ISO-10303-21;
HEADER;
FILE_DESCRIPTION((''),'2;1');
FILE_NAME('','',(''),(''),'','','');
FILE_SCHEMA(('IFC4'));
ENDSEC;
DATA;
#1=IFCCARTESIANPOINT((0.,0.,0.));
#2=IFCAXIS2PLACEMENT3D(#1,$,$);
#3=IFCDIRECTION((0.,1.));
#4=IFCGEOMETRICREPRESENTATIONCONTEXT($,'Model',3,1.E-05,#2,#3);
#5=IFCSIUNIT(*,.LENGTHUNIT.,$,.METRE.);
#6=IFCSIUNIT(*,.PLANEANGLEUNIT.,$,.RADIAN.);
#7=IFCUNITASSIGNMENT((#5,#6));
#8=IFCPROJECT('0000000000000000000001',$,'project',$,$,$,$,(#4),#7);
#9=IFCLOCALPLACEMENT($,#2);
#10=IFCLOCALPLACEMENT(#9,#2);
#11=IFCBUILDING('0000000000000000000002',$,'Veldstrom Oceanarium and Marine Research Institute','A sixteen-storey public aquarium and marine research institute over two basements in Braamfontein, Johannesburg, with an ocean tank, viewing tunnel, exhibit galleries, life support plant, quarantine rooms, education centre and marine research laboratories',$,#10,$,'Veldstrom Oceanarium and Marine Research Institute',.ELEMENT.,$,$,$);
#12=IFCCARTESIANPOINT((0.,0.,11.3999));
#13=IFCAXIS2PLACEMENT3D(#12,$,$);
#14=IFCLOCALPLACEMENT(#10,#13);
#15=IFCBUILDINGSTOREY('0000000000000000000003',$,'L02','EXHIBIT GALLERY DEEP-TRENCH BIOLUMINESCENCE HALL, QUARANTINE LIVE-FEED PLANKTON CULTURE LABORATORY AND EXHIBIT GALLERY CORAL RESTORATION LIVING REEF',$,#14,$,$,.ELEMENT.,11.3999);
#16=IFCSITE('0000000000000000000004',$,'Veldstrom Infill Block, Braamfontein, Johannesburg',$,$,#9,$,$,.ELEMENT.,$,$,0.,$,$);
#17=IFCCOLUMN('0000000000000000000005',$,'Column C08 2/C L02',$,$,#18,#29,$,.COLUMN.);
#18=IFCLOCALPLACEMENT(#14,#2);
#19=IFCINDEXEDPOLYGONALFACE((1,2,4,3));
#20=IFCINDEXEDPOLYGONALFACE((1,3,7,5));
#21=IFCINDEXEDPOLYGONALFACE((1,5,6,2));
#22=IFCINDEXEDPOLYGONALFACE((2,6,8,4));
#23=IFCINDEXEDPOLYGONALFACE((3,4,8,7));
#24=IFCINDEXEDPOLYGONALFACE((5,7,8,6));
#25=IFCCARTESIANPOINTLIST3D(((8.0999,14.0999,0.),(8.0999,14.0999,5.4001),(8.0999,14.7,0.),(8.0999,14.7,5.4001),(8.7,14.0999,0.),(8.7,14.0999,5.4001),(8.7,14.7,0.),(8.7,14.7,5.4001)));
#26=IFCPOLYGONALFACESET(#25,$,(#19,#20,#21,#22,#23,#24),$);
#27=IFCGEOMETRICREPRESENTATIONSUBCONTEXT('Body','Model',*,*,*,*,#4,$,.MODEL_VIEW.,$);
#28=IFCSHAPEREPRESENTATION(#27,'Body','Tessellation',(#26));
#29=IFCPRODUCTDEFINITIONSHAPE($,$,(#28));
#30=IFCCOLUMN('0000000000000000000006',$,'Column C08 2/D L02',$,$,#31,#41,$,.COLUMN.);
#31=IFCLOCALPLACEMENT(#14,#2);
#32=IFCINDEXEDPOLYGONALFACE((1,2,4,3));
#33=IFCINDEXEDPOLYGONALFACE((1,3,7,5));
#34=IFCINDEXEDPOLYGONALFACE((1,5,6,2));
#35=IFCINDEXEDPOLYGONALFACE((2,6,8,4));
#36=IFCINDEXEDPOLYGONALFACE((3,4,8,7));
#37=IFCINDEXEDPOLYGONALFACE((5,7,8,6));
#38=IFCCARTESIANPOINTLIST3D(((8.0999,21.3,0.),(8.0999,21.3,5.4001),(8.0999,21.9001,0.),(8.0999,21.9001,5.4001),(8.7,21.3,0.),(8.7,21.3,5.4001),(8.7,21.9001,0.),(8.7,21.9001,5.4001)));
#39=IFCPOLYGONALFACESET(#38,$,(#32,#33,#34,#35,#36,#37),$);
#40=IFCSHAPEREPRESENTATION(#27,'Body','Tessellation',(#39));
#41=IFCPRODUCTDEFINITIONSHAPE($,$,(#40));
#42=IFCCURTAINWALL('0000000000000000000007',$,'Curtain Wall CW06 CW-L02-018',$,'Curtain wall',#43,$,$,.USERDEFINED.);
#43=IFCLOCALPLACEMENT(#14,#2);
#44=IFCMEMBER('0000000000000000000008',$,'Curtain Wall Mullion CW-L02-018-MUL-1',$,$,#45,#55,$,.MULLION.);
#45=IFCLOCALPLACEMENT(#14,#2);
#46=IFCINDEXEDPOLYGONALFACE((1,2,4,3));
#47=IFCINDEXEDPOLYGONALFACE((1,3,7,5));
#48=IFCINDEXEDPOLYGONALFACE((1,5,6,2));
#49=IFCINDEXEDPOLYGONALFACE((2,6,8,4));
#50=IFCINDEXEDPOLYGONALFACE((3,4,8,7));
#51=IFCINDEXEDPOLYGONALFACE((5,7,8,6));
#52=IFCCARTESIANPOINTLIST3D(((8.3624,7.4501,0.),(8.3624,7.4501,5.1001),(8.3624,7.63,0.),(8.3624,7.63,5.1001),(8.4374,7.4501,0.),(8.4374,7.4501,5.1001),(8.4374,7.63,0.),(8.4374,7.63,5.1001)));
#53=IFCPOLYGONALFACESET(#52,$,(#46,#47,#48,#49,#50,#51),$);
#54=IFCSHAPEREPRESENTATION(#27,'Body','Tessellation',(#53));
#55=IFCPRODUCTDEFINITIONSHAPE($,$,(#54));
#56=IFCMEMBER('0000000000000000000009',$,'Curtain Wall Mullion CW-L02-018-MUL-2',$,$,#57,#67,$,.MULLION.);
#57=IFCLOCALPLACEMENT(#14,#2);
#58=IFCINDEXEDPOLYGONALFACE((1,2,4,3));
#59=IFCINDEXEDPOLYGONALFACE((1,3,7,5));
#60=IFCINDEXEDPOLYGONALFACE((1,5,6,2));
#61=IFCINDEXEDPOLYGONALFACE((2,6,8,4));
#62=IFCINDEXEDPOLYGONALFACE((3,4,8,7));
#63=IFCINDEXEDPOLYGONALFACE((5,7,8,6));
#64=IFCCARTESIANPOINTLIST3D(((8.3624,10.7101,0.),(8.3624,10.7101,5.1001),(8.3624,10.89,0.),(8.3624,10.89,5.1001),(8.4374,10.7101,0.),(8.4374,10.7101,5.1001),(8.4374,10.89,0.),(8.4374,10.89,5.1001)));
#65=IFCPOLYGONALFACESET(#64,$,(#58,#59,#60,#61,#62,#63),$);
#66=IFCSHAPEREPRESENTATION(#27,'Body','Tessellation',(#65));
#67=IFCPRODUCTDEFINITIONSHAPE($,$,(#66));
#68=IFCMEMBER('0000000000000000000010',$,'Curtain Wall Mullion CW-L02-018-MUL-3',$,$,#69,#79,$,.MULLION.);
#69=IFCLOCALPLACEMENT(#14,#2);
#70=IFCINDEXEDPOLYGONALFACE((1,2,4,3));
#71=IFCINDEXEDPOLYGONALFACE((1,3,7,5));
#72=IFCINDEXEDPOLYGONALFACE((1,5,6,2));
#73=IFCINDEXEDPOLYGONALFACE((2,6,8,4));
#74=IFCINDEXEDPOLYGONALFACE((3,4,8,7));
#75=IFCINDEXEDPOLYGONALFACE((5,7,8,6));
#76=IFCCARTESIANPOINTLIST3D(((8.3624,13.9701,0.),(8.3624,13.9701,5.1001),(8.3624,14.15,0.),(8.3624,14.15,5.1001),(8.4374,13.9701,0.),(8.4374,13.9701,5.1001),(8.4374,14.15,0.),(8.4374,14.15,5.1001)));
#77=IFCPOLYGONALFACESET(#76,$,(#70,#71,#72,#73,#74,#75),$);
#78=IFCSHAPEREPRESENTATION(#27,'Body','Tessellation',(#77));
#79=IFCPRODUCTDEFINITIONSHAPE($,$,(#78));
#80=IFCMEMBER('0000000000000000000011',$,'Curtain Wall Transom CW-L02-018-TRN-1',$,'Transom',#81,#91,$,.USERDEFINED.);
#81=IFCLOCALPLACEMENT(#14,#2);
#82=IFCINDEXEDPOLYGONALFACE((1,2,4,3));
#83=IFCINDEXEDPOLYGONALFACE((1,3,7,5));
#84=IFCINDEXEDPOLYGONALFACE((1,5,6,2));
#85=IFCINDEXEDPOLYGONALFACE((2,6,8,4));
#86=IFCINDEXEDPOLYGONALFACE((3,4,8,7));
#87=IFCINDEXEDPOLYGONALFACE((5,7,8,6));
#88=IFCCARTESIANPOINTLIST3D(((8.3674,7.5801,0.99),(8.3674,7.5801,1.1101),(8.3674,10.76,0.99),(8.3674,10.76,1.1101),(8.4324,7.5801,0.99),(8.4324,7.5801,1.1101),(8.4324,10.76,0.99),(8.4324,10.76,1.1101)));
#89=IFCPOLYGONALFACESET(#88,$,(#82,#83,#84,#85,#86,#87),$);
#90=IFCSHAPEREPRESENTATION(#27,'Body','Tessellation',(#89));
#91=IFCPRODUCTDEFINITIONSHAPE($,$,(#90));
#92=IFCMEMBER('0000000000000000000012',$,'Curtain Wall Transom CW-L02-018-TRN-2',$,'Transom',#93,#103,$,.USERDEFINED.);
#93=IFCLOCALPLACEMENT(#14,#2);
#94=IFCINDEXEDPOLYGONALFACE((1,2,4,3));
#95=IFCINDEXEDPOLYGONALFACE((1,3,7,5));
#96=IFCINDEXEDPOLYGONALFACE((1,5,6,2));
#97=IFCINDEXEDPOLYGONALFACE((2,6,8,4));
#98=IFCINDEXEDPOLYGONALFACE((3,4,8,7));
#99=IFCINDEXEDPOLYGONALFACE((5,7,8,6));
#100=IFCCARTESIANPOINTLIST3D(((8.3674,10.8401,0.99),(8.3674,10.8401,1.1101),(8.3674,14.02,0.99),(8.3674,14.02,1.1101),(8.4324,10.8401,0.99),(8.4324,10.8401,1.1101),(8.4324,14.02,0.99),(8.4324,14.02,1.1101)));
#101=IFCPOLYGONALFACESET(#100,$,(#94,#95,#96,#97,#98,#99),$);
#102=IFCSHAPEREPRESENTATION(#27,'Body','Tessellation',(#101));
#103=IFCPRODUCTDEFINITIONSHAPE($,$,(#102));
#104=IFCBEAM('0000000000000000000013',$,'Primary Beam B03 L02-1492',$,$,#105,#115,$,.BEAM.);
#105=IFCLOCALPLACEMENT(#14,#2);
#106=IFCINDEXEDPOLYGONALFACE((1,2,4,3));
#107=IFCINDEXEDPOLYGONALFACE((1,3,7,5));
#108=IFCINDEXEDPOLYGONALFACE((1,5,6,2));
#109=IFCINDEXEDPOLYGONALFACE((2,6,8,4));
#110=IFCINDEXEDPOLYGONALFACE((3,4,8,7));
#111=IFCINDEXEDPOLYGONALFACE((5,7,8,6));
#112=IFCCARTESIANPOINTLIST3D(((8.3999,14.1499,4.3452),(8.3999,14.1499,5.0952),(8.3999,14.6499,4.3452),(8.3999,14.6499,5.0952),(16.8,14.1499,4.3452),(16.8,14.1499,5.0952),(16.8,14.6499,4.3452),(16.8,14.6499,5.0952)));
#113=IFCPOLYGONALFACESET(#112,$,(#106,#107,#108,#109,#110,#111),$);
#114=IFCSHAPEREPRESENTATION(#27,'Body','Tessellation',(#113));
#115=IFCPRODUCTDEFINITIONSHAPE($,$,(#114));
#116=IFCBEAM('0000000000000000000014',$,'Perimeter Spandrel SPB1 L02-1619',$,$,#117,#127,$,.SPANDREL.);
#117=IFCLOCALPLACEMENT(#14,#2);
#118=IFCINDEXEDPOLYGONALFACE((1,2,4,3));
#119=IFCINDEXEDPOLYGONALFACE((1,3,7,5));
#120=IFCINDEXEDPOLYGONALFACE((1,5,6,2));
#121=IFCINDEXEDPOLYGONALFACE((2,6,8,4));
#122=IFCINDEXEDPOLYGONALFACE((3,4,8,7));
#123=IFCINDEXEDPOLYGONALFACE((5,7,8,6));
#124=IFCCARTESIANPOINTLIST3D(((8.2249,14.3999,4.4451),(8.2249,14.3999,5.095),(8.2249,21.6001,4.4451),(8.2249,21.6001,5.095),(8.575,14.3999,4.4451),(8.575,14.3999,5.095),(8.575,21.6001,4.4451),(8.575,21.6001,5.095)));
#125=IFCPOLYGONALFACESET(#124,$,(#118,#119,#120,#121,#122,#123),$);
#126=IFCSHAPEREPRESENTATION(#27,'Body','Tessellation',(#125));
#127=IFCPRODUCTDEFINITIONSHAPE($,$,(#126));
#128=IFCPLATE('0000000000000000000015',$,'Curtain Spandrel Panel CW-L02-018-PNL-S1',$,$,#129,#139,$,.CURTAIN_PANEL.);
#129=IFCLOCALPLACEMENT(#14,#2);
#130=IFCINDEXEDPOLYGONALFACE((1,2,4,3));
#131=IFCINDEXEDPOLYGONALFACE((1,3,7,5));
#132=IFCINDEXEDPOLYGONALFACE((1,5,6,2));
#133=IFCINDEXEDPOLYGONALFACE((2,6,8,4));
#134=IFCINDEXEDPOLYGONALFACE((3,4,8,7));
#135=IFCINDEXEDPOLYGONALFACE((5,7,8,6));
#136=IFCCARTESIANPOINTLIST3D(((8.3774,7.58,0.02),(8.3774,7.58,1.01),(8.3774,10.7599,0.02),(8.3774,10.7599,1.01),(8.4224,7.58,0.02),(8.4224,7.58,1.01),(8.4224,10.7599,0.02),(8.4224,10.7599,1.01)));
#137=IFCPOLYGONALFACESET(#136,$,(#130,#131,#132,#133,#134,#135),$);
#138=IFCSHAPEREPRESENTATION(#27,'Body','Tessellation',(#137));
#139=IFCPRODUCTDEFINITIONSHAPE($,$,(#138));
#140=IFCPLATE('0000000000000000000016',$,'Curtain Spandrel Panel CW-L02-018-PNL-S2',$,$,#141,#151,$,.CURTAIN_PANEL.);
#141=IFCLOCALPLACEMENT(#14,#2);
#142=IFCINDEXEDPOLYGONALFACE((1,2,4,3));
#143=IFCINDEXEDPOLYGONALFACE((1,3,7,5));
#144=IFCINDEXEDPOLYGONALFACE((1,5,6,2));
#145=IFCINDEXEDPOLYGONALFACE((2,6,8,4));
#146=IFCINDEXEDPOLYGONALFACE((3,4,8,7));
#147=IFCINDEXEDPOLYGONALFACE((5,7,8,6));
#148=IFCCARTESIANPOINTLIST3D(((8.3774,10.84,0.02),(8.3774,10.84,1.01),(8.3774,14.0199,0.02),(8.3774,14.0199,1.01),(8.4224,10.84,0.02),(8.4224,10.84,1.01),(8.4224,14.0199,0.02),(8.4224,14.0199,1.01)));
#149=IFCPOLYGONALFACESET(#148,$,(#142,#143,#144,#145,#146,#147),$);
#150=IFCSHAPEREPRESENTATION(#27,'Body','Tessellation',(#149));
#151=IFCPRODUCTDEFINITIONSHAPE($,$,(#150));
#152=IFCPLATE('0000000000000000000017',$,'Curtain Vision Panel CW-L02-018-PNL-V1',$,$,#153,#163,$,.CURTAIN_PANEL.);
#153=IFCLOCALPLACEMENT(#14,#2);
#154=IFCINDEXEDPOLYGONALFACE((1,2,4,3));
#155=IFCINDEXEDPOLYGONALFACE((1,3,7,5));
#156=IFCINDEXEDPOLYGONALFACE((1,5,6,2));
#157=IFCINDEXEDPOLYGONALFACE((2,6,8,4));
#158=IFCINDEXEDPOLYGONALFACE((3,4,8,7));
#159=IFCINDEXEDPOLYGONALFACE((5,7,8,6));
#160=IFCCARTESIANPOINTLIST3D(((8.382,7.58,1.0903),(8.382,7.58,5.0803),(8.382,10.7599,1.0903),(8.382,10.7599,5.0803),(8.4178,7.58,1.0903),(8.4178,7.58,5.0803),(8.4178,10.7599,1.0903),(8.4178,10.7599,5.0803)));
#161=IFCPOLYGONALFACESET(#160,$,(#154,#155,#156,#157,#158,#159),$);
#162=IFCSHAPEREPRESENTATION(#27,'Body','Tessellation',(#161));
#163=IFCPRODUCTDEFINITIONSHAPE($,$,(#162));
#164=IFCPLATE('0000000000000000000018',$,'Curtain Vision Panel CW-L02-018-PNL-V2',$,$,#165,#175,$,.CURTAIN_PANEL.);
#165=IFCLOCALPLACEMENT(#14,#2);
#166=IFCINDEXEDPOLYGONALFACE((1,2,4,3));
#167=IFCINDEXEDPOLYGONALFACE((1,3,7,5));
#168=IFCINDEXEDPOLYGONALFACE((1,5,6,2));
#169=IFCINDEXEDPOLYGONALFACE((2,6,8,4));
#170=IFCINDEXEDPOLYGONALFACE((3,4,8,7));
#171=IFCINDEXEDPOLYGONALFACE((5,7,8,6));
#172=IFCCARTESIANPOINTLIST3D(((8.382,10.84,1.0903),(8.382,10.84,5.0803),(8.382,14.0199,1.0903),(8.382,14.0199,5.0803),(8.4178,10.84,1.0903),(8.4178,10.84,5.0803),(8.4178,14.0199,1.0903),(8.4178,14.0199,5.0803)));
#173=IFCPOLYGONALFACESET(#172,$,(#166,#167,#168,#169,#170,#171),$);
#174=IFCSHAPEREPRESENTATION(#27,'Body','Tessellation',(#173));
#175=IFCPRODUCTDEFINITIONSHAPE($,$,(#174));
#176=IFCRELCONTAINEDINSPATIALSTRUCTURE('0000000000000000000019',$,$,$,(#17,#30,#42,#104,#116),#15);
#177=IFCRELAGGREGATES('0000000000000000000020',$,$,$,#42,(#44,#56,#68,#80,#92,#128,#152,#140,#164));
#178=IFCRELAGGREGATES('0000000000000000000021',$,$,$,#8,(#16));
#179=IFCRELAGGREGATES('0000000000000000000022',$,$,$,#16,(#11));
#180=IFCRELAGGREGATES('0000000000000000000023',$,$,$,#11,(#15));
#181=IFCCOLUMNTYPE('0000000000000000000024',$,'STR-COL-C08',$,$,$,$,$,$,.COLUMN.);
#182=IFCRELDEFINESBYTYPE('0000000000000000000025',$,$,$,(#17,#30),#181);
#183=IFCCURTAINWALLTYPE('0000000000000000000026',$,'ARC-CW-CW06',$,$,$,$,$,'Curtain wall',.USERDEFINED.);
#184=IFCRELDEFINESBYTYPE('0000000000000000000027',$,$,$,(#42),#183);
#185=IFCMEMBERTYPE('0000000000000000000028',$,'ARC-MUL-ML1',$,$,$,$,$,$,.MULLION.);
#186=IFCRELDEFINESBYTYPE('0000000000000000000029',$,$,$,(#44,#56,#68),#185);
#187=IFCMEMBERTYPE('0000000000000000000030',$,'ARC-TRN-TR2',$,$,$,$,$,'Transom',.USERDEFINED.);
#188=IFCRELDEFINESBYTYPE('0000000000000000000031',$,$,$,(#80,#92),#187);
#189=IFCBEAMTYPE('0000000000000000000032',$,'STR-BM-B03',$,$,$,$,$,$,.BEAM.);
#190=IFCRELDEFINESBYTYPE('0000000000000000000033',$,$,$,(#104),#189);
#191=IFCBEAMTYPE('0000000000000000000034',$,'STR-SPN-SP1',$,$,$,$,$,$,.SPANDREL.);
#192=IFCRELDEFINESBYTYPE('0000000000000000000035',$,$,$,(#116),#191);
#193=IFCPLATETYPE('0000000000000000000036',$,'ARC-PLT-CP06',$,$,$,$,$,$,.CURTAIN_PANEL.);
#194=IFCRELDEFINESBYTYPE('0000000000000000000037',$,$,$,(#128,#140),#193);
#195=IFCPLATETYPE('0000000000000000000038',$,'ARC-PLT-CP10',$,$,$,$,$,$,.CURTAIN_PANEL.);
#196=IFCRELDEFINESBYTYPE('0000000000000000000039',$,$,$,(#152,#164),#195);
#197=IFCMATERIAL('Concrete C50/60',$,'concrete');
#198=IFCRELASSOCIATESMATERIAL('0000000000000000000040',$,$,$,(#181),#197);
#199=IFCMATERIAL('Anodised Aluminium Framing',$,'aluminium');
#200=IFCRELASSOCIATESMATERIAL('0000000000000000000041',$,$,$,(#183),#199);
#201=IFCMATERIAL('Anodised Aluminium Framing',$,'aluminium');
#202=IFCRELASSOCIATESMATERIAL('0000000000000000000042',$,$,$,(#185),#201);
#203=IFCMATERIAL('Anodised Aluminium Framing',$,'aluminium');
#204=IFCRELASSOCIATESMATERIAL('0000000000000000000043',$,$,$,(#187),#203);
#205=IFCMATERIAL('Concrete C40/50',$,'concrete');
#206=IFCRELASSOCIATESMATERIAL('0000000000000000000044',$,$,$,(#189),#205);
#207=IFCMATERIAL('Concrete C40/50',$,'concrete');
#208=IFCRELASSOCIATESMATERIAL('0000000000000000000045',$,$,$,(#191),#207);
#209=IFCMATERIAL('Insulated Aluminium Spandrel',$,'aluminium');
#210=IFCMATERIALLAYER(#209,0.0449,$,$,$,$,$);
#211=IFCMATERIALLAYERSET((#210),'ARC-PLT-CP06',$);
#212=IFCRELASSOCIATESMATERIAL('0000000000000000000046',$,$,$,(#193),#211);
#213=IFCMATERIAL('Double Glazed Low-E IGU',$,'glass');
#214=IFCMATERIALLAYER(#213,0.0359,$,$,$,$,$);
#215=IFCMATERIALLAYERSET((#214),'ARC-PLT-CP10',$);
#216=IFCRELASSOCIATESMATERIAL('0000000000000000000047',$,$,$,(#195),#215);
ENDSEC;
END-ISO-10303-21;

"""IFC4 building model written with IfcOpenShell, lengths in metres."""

from ifc_helpers import new_model, si_unit, direction, frame, origin, origin_2d, place, context, subcontext, project, spatial, rectangle, extrude, material, layer, layer_set, material_profile, profile_set, type_object, element, aggregate, save


model = new_model("IFC4")

# Units and contexts
model_context = context("Model", 3, precision=1e-05, world=origin(), true_north=direction((0.0, 1.0)))
body_context = subcontext(model_context, "Body", "Model", "MODEL_VIEW")
ifc_project = project(units=[si_unit("LENGTHUNIT", "METRE"), si_unit("PLANEANGLEUNIT", "RADIAN")], contexts=[model_context])

# Site, building, storey
site_placement = place(None, origin())
site = spatial("IfcSite", under=ifc_project, at=site_placement, Name="Veldstrom Infill Block, Braamfontein, Johannesburg", CompositionType="ELEMENT", RefElevation=0.0)
building_placement = place(site_placement, origin())
building = spatial("IfcBuilding", under=site, at=building_placement, Name="Veldstrom Oceanarium and Marine Research Institute", Description="A sixteen-storey public aquarium and marine research institute over two basements in Braamfontein, Johannesburg, with an ocean tank, viewing tunnel, exhibit galleries, life support plant, quarantine rooms, education centre and marine research laboratories", LongName="Veldstrom Oceanarium and Marine Research Institute", CompositionType="ELEMENT")
storey_placement = place(building_placement, frame((0.0, 0.0, 11.3999)))
storey = spatial("IfcBuildingStorey", under=building, at=storey_placement, Name="L02", Description="EXHIBIT GALLERY DEEP-TRENCH BIOLUMINESCENCE HALL, QUARANTINE LIVE-FEED PLANKTON CULTURE LABORATORY AND EXHIBIT GALLERY CORAL RESTORATION LIVING REEF", CompositionType="ELEMENT", Elevation=11.3999)

# Columns
ifc_material_1 = material(Name="Concrete C50/60", Category="concrete")
ifc_material_profile_1 = material_profile(ifc_material_1, rectangle(XDim=0.6001, YDim=0.6001, at=origin_2d()), Name="RC-COL-600x600")
ifc_profile_set_1 = profile_set([ifc_material_profile_1], Name="Concrete C50/60")
column_type = type_object("IfcColumnType", Name="STR-COL-C08", PredefinedType="COLUMN", material=ifc_profile_set_1)
for number, where, z_axis, x_axis, name in (
    (1, (8.3999, 14.3999, 0.0), (0.0, 0.0, 1.0), (1.0, 0.0, 0.0), "Column C08 2/C L02"),
    (2, (8.3999, 21.6001, 0.0), (0.0, 0.0, 1.0), (1.0, 0.0, 0.0), "Column C08 2/D L02"),
):
    element("IfcColumn", number, at=place(storey_placement, frame(where, z_axis=z_axis, x_axis=x_axis)), inside=storey, type_object=column_type, Name=name, PredefinedType="COLUMN", context=body_context, shape_type="SweptSolid", body=[
        extrude(rectangle(XDim=0.6001, YDim=0.6001, at=origin_2d()), origin(), (0.0, 0.0, 1.0), 5.4001),
    ])

# Curtain wall, members
ifc_material_2 = material(Name="Anodised Aluminium Framing", Category="aluminium")
curtain_wall_type = type_object("IfcCurtainWallType", Name="ARC-CW-CW06", ElementType="Curtain wall", PredefinedType="USERDEFINED", material=ifc_material_2)
curtain_wall_placement = place(storey_placement, origin())
curtain_wall = element("IfcCurtainWall", 3, at=curtain_wall_placement, inside=storey, type_object=curtain_wall_type, Name="Curtain Wall CW06 CW-L02-018", ObjectType="Curtain wall", PredefinedType="USERDEFINED")
ifc_material_3 = material(Name="Anodised Aluminium Framing", Category="aluminium")
ifc_material_profile_2 = material_profile(ifc_material_3, rectangle(XDim=0.075, YDim=0.1799, at=origin_2d()), Name="ALU-MUL-75x180")
ifc_profile_set_2 = profile_set([ifc_material_profile_2], Name="Anodised Aluminium Framing")
member_type_1 = type_object("IfcMemberType", Name="ARC-MUL-ML1", PredefinedType="MULLION", material=ifc_profile_set_2)
member_1_placement = place(storey_placement, frame((8.3999, 7.54, 0.0), z_axis=(0.0, 0.0, 1.0), x_axis=(1.0, 0.0, 0.0)))
member_1 = element("IfcMember", 4, at=member_1_placement, type_object=member_type_1, Name="Curtain Wall Mullion CW-L02-018-MUL-1", PredefinedType="MULLION", context=body_context, shape_type="SweptSolid", body=[
    extrude(rectangle(XDim=0.075, YDim=0.1799, at=origin_2d()), origin(), (0.0, 0.0, 1.0), 5.1001),
])
member_2_placement = place(storey_placement, frame((8.3999, 10.8, 0.0), z_axis=(0.0, 0.0, 1.0), x_axis=(1.0, 0.0, 0.0)))
member_2 = element("IfcMember", 5, at=member_2_placement, type_object=member_type_1, Name="Curtain Wall Mullion CW-L02-018-MUL-2", PredefinedType="MULLION", context=body_context, shape_type="SweptSolid", body=[
    extrude(rectangle(XDim=0.075, YDim=0.1799, at=origin_2d()), origin(), (0.0, 0.0, 1.0), 5.1001),
])
member_3_placement = place(storey_placement, frame((8.3999, 14.0601, 0.0), z_axis=(0.0, 0.0, 1.0), x_axis=(1.0, 0.0, 0.0)))
member_3 = element("IfcMember", 6, at=member_3_placement, type_object=member_type_1, Name="Curtain Wall Mullion CW-L02-018-MUL-3", PredefinedType="MULLION", context=body_context, shape_type="SweptSolid", body=[
    extrude(rectangle(XDim=0.075, YDim=0.1799, at=origin_2d()), origin(), (0.0, 0.0, 1.0), 5.1001),
])
ifc_material_4 = material(Name="Anodised Aluminium Framing", Category="aluminium")
ifc_material_profile_3 = material_profile(ifc_material_4, rectangle(XDim=0.0649, YDim=0.1201, at=origin_2d()), Name="ALU-TRN-65x120")
ifc_profile_set_3 = profile_set([ifc_material_profile_3], Name="Anodised Aluminium Framing")
member_type_2 = type_object("IfcMemberType", Name="ARC-TRN-TR2", ElementType="Transom", PredefinedType="USERDEFINED", material=ifc_profile_set_3)
member_4_placement = place(storey_placement, frame((8.3999, 7.5801, 1.05), z_axis=(0.0, 1.0, 0.0), x_axis=(-1.0, 0.0, 0.0)))
member_4 = element("IfcMember", 7, at=member_4_placement, type_object=member_type_2, Name="Curtain Wall Transom CW-L02-018-TRN-1", ObjectType="Transom", PredefinedType="USERDEFINED", context=body_context, shape_type="SweptSolid", body=[
    extrude(rectangle(XDim=0.0649, YDim=0.1201, at=origin_2d()), origin(), (0.0, 0.0, 1.0), 3.1799),
])
member_5_placement = place(storey_placement, frame((8.3999, 10.8401, 1.05), z_axis=(0.0, 1.0, 0.0), x_axis=(-1.0, 0.0, 0.0)))
member_5 = element("IfcMember", 8, at=member_5_placement, type_object=member_type_2, Name="Curtain Wall Transom CW-L02-018-TRN-2", ObjectType="Transom", PredefinedType="USERDEFINED", context=body_context, shape_type="SweptSolid", body=[
    extrude(rectangle(XDim=0.0649, YDim=0.1201, at=origin_2d()), origin(), (0.0, 0.0, 1.0), 3.1799),
])

# Beams
ifc_material_5 = material(Name="Concrete C40/50", Category="concrete")
ifc_material_profile_4 = material_profile(ifc_material_5, rectangle(XDim=0.5, YDim=0.75, at=origin_2d()), Name="RC-BM-500x750")
ifc_profile_set_4 = profile_set([ifc_material_profile_4], Name="Concrete C40/50")
beam_type_1 = type_object("IfcBeamType", Name="STR-BM-B03", PredefinedType="BEAM", material=ifc_profile_set_4)
beam_1_placement = place(storey_placement, frame((8.3999, 14.3999, 4.7202), z_axis=(1.0, 0.0, 0.0), x_axis=(0.0, 1.0, 0.0)))
element("IfcBeam", 9, at=beam_1_placement, inside=storey, type_object=beam_type_1, Name="Primary Beam B03 L02-1492", PredefinedType="BEAM", context=body_context, shape_type="SweptSolid", body=[
    extrude(rectangle(XDim=0.5, YDim=0.75, at=origin_2d()), origin(), (0.0, 0.0, 1.0), 8.4001),
])
ifc_material_6 = material(Name="Concrete C40/50", Category="concrete")
ifc_material_profile_5 = material_profile(ifc_material_6, rectangle(XDim=0.3501, YDim=0.6499, at=origin_2d()), Name="RC-SPN-350x650")
ifc_profile_set_5 = profile_set([ifc_material_profile_5], Name="Concrete C40/50")
beam_type_2 = type_object("IfcBeamType", Name="STR-SPN-SP1", PredefinedType="SPANDREL", material=ifc_profile_set_5)
beam_2_placement = place(storey_placement, frame((8.3999, 14.3999, 4.77), z_axis=(0.0, 1.0, 0.0), x_axis=(-1.0, 0.0, 0.0)))
element("IfcBeam", 10, at=beam_2_placement, inside=storey, type_object=beam_type_2, Name="Perimeter Spandrel SPB1 L02-1619", PredefinedType="SPANDREL", context=body_context, shape_type="SweptSolid", body=[
    extrude(rectangle(XDim=0.3501, YDim=0.6499, at=origin_2d()), origin(), (0.0, 0.0, 1.0), 7.2002),
])

# Plates
ifc_material_7 = material(Name="Insulated Aluminium Spandrel", Category="aluminium")
ifc_layer_1 = layer(ifc_material_7, 0.0449)
ifc_layer_set_1 = layer_set([ifc_layer_1], Name="ARC-PLT-CP06")
plate_type_1 = type_object("IfcPlateType", Name="ARC-PLT-CP06", PredefinedType="CURTAIN_PANEL", material=ifc_layer_set_1)
plate_1_placement = place(storey_placement, frame((8.3999, 9.1699, 0.02), z_axis=(0.0, 0.0, 1.0), x_axis=(0.0, 1.0, 0.0)))
plate_1 = element("IfcPlate", 11, at=plate_1_placement, type_object=plate_type_1, Name="Curtain Spandrel Panel CW-L02-018-PNL-S1", PredefinedType="CURTAIN_PANEL", context=body_context, shape_type="SweptSolid", body=[
    extrude(rectangle(XDim=3.1799, YDim=0.0449, at=origin_2d()), origin(), (0.0, 0.0, 1.0), 0.99),
])
plate_2_placement = place(storey_placement, frame((8.3999, 12.4299, 0.02), z_axis=(0.0, 0.0, 1.0), x_axis=(0.0, 1.0, 0.0)))
plate_2 = element("IfcPlate", 12, at=plate_2_placement, type_object=plate_type_1, Name="Curtain Spandrel Panel CW-L02-018-PNL-S2", PredefinedType="CURTAIN_PANEL", context=body_context, shape_type="SweptSolid", body=[
    extrude(rectangle(XDim=3.1799, YDim=0.0449, at=origin_2d()), origin(), (0.0, 0.0, 1.0), 0.99),
])
ifc_material_8 = material(Name="Double Glazed Low-E IGU", Category="glass")
ifc_layer_2 = layer(ifc_material_8, 0.0359)
ifc_layer_set_2 = layer_set([ifc_layer_2], Name="ARC-PLT-CP10")
plate_type_2 = type_object("IfcPlateType", Name="ARC-PLT-CP10", PredefinedType="CURTAIN_PANEL", material=ifc_layer_set_2)
plate_3_placement = place(storey_placement, frame((8.3999, 9.1699, 1.0903), z_axis=(0.0, 0.0, 1.0), x_axis=(0.0, 1.0, 0.0)))
plate_3 = element("IfcPlate", 13, at=plate_3_placement, type_object=plate_type_2, Name="Curtain Vision Panel CW-L02-018-PNL-V1", PredefinedType="CURTAIN_PANEL", context=body_context, shape_type="SweptSolid", body=[
    extrude(rectangle(XDim=3.1799, YDim=0.0359, at=origin_2d()), origin(), (0.0, 0.0, 1.0), 3.99),
])
plate_4_placement = place(storey_placement, frame((8.3999, 12.4299, 1.0903), z_axis=(0.0, 0.0, 1.0), x_axis=(0.0, 1.0, 0.0)))
plate_4 = element("IfcPlate", 14, at=plate_4_placement, type_object=plate_type_2, Name="Curtain Vision Panel CW-L02-018-PNL-V2", PredefinedType="CURTAIN_PANEL", context=body_context, shape_type="SweptSolid", body=[
    extrude(rectangle(XDim=3.1799, YDim=0.0359, at=origin_2d()), origin(), (0.0, 0.0, 1.0), 3.99),
])
aggregate(curtain_wall, [member_1, member_2, member_3, member_4, member_5, plate_1, plate_3, plate_2, plate_4])

save(model, "model.ifc")
